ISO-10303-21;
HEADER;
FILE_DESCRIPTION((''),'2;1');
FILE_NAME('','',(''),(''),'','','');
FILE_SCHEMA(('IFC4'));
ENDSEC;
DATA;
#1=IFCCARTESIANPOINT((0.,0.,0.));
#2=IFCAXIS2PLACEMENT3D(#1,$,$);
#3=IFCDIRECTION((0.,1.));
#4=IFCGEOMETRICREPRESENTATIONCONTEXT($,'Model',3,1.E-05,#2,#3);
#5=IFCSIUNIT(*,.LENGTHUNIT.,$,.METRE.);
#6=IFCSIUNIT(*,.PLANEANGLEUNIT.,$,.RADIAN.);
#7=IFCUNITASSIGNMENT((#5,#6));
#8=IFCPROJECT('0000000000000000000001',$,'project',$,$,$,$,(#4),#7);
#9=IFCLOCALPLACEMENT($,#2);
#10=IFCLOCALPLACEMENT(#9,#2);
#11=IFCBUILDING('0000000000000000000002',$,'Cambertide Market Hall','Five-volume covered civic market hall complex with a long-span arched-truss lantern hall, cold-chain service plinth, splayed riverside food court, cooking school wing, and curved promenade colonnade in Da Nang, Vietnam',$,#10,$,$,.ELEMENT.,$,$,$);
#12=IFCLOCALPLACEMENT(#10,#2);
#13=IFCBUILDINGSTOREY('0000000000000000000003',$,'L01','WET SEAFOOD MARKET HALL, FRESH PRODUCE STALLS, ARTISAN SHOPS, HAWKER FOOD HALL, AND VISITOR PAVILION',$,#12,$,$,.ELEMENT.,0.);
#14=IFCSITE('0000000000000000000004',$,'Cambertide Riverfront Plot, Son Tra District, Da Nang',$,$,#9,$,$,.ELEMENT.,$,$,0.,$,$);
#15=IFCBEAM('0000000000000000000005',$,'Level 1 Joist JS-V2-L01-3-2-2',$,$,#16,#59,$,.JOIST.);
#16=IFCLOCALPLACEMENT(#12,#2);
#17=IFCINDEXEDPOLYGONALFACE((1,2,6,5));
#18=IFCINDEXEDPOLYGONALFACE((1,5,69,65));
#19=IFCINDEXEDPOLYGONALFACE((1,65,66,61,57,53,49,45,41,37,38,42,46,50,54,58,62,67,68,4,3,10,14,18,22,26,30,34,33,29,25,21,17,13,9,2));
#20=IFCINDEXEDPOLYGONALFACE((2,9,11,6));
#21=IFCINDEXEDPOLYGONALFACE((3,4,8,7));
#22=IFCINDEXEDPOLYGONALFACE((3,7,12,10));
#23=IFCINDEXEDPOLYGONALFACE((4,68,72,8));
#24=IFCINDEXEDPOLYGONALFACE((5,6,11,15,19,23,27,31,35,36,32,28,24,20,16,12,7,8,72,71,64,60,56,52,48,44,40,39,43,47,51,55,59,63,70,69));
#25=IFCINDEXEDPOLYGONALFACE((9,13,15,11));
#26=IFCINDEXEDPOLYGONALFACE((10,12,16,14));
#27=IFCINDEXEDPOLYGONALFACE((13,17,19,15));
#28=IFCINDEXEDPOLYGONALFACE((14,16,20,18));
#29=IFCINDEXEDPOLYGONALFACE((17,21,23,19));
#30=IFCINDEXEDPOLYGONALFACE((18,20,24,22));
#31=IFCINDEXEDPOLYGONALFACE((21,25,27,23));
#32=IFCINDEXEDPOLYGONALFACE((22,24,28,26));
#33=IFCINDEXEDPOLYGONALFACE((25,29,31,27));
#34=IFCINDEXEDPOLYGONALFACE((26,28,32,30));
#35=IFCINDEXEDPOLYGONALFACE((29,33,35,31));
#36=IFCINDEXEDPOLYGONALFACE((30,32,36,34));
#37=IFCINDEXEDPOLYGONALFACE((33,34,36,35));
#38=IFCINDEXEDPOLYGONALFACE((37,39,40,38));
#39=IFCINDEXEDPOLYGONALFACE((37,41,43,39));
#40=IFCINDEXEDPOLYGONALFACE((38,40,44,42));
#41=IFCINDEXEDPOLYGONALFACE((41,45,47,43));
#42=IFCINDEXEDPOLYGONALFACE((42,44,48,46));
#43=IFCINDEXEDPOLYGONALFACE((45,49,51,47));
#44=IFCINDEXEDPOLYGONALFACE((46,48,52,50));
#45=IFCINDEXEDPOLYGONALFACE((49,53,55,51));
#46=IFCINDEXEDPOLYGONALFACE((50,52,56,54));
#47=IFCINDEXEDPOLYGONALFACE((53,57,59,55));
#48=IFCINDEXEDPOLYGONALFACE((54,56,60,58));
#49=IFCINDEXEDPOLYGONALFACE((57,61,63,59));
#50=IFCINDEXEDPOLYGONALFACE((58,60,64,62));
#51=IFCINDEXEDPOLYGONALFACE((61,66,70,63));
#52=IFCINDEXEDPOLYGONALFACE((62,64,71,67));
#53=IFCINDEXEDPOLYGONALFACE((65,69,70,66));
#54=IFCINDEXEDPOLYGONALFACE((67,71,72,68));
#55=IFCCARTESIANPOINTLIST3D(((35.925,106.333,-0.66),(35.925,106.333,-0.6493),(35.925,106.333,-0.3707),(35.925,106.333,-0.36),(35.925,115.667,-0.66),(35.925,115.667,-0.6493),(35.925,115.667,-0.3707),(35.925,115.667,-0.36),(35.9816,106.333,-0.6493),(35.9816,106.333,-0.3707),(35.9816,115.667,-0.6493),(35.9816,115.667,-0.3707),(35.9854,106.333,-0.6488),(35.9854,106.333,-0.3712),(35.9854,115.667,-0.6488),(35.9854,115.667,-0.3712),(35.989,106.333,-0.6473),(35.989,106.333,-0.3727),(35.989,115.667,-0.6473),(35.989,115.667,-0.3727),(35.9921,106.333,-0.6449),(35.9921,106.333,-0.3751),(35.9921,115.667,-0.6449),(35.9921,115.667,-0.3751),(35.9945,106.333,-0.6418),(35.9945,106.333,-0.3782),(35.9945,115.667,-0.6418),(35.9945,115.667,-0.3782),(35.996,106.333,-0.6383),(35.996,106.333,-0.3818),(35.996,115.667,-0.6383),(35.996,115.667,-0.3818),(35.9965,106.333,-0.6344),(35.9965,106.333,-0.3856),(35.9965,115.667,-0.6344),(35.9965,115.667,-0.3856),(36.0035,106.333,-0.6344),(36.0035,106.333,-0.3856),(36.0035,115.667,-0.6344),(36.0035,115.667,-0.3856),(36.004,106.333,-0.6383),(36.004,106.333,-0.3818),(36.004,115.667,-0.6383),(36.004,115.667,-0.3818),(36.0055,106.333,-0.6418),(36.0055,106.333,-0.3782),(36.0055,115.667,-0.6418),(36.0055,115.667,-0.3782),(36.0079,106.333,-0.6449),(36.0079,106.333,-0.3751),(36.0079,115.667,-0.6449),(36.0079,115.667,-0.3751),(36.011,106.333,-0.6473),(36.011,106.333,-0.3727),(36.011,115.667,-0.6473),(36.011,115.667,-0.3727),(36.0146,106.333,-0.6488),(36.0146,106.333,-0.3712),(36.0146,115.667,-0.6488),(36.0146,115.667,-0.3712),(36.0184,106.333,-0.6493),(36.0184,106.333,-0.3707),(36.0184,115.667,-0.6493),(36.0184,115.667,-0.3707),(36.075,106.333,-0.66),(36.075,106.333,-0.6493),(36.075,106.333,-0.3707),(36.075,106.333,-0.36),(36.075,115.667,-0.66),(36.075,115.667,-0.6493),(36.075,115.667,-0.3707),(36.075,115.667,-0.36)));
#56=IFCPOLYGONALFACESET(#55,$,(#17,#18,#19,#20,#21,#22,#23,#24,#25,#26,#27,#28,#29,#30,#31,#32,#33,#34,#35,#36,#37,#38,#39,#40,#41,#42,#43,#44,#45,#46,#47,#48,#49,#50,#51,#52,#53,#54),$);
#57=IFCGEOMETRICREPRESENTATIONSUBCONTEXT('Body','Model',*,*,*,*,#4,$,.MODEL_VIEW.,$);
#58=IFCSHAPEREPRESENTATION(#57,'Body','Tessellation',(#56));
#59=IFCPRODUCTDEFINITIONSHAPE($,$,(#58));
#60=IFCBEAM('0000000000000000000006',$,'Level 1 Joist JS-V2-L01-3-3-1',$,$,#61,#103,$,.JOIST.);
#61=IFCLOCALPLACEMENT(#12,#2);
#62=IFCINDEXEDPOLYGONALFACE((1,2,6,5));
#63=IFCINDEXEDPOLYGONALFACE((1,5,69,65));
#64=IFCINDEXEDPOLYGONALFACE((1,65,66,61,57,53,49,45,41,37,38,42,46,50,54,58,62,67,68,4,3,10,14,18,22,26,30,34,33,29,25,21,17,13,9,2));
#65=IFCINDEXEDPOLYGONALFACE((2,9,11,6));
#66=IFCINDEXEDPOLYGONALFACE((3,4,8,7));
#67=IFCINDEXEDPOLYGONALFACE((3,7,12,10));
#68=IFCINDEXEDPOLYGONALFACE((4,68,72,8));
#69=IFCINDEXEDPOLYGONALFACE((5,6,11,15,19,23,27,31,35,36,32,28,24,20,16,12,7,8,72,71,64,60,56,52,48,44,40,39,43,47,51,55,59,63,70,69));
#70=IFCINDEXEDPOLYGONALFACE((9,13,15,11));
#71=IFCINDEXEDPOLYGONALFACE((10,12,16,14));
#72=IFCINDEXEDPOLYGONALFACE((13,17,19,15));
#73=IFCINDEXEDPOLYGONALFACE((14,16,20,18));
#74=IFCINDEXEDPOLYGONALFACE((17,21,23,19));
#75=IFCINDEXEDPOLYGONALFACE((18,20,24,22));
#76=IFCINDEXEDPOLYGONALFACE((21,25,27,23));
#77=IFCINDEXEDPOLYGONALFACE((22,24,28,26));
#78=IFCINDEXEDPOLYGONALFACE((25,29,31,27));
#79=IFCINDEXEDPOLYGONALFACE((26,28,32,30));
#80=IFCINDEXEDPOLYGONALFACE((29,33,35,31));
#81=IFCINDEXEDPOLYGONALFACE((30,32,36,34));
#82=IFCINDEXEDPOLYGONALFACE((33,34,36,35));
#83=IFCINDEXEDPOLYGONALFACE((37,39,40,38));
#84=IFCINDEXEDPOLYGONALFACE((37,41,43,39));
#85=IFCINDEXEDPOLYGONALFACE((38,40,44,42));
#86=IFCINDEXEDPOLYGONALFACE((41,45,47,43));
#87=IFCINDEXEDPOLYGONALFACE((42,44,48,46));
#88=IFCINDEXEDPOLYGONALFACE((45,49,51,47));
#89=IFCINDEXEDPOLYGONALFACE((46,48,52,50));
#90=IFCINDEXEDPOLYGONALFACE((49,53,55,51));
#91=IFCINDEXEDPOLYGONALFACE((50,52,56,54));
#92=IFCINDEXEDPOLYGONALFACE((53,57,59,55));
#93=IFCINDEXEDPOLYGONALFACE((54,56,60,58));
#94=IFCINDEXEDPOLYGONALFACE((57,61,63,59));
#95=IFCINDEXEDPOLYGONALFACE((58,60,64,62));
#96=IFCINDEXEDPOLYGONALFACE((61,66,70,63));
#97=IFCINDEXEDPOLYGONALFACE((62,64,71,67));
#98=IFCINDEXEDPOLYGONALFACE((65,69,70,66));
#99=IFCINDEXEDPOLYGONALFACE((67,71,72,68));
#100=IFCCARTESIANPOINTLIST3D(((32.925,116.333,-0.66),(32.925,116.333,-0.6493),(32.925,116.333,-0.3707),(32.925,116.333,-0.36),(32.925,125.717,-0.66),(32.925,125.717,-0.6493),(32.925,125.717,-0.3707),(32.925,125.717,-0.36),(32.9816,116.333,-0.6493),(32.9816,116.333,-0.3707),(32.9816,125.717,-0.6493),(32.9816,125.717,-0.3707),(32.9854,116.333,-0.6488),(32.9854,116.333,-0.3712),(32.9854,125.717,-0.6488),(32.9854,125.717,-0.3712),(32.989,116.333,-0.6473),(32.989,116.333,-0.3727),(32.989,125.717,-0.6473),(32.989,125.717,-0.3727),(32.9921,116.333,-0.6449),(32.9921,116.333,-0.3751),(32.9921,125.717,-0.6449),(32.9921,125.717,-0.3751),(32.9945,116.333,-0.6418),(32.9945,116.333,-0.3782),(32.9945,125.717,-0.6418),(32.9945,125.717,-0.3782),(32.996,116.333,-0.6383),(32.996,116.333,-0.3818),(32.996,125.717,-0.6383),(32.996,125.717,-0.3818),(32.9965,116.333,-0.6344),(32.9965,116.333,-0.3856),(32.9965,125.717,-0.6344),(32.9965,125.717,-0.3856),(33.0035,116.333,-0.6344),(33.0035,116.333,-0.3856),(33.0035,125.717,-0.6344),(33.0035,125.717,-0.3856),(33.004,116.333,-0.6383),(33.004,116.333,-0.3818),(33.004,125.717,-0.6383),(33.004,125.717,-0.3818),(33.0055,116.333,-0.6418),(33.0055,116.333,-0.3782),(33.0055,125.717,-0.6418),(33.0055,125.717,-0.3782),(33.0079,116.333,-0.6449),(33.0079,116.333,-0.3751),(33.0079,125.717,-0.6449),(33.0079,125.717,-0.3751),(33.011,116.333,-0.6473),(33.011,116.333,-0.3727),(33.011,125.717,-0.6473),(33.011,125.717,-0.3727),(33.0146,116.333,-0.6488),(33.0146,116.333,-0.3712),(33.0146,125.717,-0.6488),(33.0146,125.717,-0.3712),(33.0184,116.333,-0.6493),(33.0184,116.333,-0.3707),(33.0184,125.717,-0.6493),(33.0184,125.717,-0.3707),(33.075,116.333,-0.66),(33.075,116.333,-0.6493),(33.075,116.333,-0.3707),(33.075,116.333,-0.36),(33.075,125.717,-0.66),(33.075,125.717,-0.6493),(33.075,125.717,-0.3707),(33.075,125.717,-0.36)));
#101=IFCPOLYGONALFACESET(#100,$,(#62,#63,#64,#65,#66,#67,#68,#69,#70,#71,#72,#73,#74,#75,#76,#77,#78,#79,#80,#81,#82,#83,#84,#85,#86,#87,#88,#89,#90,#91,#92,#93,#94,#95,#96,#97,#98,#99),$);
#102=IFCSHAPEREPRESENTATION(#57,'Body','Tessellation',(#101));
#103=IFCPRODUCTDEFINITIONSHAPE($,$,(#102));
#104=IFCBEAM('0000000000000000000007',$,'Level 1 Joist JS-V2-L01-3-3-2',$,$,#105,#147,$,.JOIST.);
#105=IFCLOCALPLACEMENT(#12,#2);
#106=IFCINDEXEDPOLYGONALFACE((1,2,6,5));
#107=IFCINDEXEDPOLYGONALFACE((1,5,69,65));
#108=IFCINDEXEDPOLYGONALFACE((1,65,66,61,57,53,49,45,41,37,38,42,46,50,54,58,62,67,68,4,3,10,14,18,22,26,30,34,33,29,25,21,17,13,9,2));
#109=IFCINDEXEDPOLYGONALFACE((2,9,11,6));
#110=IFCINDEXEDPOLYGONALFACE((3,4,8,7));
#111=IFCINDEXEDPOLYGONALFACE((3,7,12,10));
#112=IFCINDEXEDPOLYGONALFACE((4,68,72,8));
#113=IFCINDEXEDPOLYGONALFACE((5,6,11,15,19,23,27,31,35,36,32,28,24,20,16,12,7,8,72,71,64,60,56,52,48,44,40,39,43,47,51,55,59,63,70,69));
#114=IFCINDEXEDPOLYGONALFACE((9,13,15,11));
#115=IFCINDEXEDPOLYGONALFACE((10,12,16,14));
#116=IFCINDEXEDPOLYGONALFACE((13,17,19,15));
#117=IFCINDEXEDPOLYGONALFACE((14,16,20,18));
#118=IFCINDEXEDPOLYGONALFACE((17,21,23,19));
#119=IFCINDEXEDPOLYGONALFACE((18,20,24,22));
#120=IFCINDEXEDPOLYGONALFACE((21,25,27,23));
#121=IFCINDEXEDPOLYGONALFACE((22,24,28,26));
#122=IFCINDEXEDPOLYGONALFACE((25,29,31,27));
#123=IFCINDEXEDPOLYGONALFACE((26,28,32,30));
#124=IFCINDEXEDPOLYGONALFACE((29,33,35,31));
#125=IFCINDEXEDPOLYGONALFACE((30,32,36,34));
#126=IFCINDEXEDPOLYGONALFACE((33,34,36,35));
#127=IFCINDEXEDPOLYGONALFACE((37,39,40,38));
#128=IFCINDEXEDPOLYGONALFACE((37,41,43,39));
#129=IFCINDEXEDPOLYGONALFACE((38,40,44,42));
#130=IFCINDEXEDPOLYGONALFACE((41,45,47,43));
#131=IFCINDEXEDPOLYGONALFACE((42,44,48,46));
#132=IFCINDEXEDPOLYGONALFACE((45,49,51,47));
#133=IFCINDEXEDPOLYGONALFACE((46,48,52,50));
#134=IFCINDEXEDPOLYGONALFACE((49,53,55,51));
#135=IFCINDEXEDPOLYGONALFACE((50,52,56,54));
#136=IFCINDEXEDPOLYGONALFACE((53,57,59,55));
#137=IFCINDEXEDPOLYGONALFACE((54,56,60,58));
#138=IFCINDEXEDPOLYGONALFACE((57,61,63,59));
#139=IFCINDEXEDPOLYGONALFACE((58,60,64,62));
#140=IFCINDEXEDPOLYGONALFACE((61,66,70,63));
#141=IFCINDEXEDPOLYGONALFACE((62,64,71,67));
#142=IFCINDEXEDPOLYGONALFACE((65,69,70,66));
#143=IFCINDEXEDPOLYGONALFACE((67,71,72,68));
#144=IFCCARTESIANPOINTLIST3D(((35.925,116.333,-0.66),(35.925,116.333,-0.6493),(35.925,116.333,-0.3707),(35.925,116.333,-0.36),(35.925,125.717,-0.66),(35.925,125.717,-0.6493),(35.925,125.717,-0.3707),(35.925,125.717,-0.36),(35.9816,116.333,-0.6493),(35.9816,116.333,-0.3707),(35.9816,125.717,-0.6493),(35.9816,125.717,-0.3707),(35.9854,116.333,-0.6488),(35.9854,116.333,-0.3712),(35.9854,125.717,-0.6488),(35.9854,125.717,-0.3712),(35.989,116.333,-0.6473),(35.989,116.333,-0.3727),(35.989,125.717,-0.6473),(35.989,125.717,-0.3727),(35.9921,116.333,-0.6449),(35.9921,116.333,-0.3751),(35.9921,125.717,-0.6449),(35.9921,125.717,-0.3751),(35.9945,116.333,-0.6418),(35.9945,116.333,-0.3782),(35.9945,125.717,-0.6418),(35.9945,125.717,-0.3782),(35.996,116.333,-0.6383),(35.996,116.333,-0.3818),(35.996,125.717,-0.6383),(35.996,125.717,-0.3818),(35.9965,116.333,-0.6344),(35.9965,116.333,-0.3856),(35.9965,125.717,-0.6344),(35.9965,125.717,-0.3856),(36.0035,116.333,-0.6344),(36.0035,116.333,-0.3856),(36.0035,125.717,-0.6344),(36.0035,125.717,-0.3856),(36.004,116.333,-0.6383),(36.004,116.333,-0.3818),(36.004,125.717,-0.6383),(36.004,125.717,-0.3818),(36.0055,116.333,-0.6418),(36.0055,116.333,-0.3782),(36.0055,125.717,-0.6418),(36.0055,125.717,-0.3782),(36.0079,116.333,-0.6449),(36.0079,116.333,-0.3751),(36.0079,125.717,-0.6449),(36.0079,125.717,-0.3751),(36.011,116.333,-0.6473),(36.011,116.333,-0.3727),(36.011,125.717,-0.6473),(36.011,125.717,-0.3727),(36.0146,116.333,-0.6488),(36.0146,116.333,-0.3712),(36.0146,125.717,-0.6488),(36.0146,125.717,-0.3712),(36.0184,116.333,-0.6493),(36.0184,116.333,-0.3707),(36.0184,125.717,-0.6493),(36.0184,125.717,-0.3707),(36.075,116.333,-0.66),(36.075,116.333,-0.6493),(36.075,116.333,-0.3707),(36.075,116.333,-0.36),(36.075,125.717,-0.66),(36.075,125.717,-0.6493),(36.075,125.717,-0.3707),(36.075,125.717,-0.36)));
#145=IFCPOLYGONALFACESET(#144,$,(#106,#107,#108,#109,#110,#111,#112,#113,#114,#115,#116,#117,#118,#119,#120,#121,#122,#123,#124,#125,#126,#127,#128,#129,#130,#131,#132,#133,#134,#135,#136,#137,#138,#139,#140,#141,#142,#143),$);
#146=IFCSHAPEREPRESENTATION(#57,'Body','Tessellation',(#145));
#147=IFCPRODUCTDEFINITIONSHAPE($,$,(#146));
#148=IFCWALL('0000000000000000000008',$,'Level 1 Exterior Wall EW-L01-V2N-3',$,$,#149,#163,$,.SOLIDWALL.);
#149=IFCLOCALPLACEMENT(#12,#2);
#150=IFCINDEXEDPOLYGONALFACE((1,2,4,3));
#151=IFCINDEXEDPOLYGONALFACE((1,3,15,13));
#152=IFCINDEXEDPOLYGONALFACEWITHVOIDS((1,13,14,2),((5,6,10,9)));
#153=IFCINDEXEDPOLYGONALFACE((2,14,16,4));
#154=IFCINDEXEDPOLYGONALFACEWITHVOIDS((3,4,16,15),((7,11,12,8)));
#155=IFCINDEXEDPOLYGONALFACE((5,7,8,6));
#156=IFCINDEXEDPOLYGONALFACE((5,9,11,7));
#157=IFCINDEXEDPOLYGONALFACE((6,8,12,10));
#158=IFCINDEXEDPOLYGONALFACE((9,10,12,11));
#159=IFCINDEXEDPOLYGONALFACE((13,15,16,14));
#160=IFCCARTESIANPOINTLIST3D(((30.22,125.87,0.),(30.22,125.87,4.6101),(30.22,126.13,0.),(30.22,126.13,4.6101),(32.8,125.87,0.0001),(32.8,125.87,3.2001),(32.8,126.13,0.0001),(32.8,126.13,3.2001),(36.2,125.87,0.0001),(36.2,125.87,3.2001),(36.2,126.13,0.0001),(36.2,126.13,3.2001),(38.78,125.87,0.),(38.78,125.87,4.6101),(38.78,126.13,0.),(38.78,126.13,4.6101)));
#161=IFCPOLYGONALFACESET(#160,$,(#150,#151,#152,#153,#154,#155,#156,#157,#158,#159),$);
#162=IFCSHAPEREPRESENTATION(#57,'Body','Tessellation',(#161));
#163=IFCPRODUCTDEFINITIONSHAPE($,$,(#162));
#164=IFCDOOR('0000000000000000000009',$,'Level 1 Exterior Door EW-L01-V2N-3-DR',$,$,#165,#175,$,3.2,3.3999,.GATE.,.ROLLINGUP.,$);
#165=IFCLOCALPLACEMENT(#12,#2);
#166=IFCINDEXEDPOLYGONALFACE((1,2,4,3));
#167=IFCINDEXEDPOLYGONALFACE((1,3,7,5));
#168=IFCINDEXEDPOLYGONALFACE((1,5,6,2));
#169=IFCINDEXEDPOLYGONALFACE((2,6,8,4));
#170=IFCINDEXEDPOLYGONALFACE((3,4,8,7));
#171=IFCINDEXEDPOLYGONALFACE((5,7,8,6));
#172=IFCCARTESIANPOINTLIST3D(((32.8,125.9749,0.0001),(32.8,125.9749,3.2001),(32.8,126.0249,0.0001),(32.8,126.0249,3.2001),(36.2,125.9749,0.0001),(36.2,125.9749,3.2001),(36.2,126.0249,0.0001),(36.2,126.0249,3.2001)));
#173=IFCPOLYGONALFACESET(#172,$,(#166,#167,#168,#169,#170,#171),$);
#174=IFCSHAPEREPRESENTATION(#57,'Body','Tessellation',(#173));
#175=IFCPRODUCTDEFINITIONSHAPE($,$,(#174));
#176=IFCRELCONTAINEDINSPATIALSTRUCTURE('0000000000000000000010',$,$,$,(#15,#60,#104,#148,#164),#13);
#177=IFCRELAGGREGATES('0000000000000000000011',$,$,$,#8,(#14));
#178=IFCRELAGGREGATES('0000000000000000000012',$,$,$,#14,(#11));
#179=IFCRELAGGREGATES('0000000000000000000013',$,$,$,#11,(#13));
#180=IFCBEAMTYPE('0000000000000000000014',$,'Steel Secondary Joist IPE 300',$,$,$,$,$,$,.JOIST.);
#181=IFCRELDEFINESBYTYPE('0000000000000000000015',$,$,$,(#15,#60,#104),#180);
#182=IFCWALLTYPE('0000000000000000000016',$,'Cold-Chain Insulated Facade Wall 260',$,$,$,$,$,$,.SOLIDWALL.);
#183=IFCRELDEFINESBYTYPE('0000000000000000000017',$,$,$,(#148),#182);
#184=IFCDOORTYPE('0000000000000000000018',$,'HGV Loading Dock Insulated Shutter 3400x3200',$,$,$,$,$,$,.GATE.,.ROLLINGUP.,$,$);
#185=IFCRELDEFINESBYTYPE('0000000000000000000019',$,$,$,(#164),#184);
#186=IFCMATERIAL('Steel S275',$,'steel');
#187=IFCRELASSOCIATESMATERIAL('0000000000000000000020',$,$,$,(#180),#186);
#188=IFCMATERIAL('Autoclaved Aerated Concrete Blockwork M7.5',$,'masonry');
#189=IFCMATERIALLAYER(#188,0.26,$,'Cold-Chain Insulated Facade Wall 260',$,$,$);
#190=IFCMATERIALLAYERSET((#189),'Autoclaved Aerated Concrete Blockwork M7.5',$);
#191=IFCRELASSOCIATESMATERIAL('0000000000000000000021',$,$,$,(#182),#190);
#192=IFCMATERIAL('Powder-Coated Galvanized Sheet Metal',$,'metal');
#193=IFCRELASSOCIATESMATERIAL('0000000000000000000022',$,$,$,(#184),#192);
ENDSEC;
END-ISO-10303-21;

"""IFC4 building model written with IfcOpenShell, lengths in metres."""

from ifc_helpers import new_model, si_unit, direction, frame, frame_2d, origin, origin_2d, place, context, subcontext, project, spatial, rectangle, i_section, extrude, material, layer, layer_set, material_profile, profile_set, type_object, element, fill, save


model = new_model("IFC4")

# Units and contexts
model_context = context("Model", 3, precision=1e-05, world=origin(), true_north=direction((0.0, 1.0)))
body_context = subcontext(model_context, "Body", "Model", "MODEL_VIEW")
ifc_project = project(units=[si_unit("LENGTHUNIT", "METRE"), si_unit("PLANEANGLEUNIT", "RADIAN")], contexts=[model_context])

# Site, building, storey
site_placement = place(None, origin())
site = spatial("IfcSite", under=ifc_project, at=site_placement, Name="Cambertide Riverfront Plot, Son Tra District, Da Nang", CompositionType="ELEMENT", RefElevation=0.0)
building_placement = place(site_placement, origin())
building = spatial("IfcBuilding", under=site, at=building_placement, Name="Cambertide Market Hall", Description="Five-volume covered civic market hall complex with a long-span arched-truss lantern hall, cold-chain service plinth, splayed riverside food court, cooking school wing, and curved promenade colonnade in Da Nang, Vietnam", CompositionType="ELEMENT")
storey_placement = place(building_placement, origin())
storey = spatial("IfcBuildingStorey", under=building, at=storey_placement, Name="L01", Description="WET SEAFOOD MARKET HALL, FRESH PRODUCE STALLS, ARTISAN SHOPS, HAWKER FOOD HALL, AND VISITOR PAVILION", CompositionType="ELEMENT", Elevation=0.0)

# Beams
ifc_material_1 = material(Name="Steel S275", Category="steel")
ifc_material_profile_1 = material_profile(ifc_material_1, i_section(OverallWidth=0.1499, OverallDepth=0.3, WebThickness=0.0071, FlangeThickness=0.0107, FilletRadius=0.0149, at=origin_2d()), Name="IPE 300")
ifc_profile_set_1 = profile_set([ifc_material_profile_1], Name="Steel S275")
beam_type_1 = type_object("IfcBeamType", Name="Steel Secondary Joist IPE 300", PredefinedType="JOIST", material=ifc_profile_set_1)
for number, where, z_axis, x_axis, name in (
    (1, (36.0, 106.333, -0.51), (0.0, 1.0, 0.0), (-1.0, 0.0, 0.0), "Level 1 Joist JS-V2-L01-3-2-2"),
):
    element("IfcBeam", number, at=place(storey_placement, frame(where, z_axis=z_axis, x_axis=x_axis)), inside=storey, type_object=beam_type_1, Name=name, PredefinedType="JOIST", context=body_context, shape_type="SweptSolid", body=[
        extrude(i_section(OverallWidth=0.1499, OverallDepth=0.3, WebThickness=0.0071, FlangeThickness=0.0107, FilletRadius=0.0149, at=origin_2d()), origin(), (0.0, 0.0, 1.0), 9.334),
    ])
for number, where, z_axis, x_axis, name in (
    (2, (33.0, 116.333, -0.51), (0.0, 1.0, 0.0), (-1.0, 0.0, 0.0), "Level 1 Joist JS-V2-L01-3-3-1"),
    (3, (36.0, 116.333, -0.51), (0.0, 1.0, 0.0), (-1.0, 0.0, 0.0), "Level 1 Joist JS-V2-L01-3-3-2"),
):
    element("IfcBeam", number, at=place(storey_placement, frame(where, z_axis=z_axis, x_axis=x_axis)), inside=storey, type_object=beam_type_1, Name=name, PredefinedType="JOIST", context=body_context, shape_type="SweptSolid", body=[
        extrude(i_section(OverallWidth=0.1499, OverallDepth=0.3, WebThickness=0.0071, FlangeThickness=0.0107, FilletRadius=0.0149, at=origin_2d()), origin(), (0.0, 0.0, 1.0), 9.384),
    ])

# Wall, opening, door
ifc_material_2 = material(Name="Autoclaved Aerated Concrete Blockwork M7.5", Category="masonry")
ifc_layer = layer(ifc_material_2, 0.26, Name="Cold-Chain Insulated Facade Wall 260")
ifc_layer_set = layer_set([ifc_layer], Name="Autoclaved Aerated Concrete Blockwork M7.5")
wall_type = type_object("IfcWallType", Name="Cold-Chain Insulated Facade Wall 260", PredefinedType="SOLIDWALL", material=ifc_layer_set)
wall_1_placement = place(storey_placement, frame((30.22, 126.0, 0.0), z_axis=(0.0, 0.0, 1.0), x_axis=(1.0, 0.0, 0.0)))
wall_1 = element("IfcWall", 4, at=wall_1_placement, inside=storey, type_object=wall_type, Name="Level 1 Exterior Wall EW-L01-V2N-3", PredefinedType="SOLIDWALL", context=body_context, shape_type="SweptSolid", body=[
    extrude(rectangle(XDim=8.5601, YDim=0.26, at=frame_2d((4.28, 0.0))), origin(), (0.0, 0.0, 1.0), 4.6101),
])
opening_1_placement = place(wall_1_placement, frame((2.5801, 0.0, 0.0)))
opening_1 = element("IfcOpeningElement", 5, at=opening_1_placement, cuts=wall_1, PredefinedType="OPENING", context=body_context, shape_type="SweptSolid", body=[
    extrude(rectangle(XDim=3.3999, YDim=3.2, at=frame_2d((1.7, 1.6001))), frame((0.0, 0.1399, 0.0), z_axis=(0.0, -1.0, 0.0), x_axis=(1.0, 0.0, 0.0)), (0.0, 0.0, 1.0), 0.28),
])
ifc_material_3 = material(Name="Powder-Coated Galvanized Sheet Metal", Category="metal")
door_type = type_object("IfcDoorType", Name="HGV Loading Dock Insulated Shutter 3400x3200", OperationType="ROLLINGUP", PredefinedType="GATE", material=ifc_material_3)
door_1_placement = place(opening_1_placement, origin())
door_1 = element("IfcDoor", 6, at=door_1_placement, inside=storey, type_object=door_type, Name="Level 1 Exterior Door EW-L01-V2N-3-DR", OperationType="ROLLINGUP", OverallHeight=3.2, OverallWidth=3.3999, PredefinedType="GATE", context=body_context, shape_type="SweptSolid", body=[
    extrude(rectangle(XDim=3.3999, YDim=3.2, at=frame_2d((1.7, 1.6001))), frame((0.0, 0.0249, 0.0), z_axis=(0.0, -1.0, 0.0), x_axis=(1.0, 0.0, 0.0)), (0.0, 0.0, 1.0), 0.05),
])
fill(opening_1, door_1)

save(model, "model.ifc")
